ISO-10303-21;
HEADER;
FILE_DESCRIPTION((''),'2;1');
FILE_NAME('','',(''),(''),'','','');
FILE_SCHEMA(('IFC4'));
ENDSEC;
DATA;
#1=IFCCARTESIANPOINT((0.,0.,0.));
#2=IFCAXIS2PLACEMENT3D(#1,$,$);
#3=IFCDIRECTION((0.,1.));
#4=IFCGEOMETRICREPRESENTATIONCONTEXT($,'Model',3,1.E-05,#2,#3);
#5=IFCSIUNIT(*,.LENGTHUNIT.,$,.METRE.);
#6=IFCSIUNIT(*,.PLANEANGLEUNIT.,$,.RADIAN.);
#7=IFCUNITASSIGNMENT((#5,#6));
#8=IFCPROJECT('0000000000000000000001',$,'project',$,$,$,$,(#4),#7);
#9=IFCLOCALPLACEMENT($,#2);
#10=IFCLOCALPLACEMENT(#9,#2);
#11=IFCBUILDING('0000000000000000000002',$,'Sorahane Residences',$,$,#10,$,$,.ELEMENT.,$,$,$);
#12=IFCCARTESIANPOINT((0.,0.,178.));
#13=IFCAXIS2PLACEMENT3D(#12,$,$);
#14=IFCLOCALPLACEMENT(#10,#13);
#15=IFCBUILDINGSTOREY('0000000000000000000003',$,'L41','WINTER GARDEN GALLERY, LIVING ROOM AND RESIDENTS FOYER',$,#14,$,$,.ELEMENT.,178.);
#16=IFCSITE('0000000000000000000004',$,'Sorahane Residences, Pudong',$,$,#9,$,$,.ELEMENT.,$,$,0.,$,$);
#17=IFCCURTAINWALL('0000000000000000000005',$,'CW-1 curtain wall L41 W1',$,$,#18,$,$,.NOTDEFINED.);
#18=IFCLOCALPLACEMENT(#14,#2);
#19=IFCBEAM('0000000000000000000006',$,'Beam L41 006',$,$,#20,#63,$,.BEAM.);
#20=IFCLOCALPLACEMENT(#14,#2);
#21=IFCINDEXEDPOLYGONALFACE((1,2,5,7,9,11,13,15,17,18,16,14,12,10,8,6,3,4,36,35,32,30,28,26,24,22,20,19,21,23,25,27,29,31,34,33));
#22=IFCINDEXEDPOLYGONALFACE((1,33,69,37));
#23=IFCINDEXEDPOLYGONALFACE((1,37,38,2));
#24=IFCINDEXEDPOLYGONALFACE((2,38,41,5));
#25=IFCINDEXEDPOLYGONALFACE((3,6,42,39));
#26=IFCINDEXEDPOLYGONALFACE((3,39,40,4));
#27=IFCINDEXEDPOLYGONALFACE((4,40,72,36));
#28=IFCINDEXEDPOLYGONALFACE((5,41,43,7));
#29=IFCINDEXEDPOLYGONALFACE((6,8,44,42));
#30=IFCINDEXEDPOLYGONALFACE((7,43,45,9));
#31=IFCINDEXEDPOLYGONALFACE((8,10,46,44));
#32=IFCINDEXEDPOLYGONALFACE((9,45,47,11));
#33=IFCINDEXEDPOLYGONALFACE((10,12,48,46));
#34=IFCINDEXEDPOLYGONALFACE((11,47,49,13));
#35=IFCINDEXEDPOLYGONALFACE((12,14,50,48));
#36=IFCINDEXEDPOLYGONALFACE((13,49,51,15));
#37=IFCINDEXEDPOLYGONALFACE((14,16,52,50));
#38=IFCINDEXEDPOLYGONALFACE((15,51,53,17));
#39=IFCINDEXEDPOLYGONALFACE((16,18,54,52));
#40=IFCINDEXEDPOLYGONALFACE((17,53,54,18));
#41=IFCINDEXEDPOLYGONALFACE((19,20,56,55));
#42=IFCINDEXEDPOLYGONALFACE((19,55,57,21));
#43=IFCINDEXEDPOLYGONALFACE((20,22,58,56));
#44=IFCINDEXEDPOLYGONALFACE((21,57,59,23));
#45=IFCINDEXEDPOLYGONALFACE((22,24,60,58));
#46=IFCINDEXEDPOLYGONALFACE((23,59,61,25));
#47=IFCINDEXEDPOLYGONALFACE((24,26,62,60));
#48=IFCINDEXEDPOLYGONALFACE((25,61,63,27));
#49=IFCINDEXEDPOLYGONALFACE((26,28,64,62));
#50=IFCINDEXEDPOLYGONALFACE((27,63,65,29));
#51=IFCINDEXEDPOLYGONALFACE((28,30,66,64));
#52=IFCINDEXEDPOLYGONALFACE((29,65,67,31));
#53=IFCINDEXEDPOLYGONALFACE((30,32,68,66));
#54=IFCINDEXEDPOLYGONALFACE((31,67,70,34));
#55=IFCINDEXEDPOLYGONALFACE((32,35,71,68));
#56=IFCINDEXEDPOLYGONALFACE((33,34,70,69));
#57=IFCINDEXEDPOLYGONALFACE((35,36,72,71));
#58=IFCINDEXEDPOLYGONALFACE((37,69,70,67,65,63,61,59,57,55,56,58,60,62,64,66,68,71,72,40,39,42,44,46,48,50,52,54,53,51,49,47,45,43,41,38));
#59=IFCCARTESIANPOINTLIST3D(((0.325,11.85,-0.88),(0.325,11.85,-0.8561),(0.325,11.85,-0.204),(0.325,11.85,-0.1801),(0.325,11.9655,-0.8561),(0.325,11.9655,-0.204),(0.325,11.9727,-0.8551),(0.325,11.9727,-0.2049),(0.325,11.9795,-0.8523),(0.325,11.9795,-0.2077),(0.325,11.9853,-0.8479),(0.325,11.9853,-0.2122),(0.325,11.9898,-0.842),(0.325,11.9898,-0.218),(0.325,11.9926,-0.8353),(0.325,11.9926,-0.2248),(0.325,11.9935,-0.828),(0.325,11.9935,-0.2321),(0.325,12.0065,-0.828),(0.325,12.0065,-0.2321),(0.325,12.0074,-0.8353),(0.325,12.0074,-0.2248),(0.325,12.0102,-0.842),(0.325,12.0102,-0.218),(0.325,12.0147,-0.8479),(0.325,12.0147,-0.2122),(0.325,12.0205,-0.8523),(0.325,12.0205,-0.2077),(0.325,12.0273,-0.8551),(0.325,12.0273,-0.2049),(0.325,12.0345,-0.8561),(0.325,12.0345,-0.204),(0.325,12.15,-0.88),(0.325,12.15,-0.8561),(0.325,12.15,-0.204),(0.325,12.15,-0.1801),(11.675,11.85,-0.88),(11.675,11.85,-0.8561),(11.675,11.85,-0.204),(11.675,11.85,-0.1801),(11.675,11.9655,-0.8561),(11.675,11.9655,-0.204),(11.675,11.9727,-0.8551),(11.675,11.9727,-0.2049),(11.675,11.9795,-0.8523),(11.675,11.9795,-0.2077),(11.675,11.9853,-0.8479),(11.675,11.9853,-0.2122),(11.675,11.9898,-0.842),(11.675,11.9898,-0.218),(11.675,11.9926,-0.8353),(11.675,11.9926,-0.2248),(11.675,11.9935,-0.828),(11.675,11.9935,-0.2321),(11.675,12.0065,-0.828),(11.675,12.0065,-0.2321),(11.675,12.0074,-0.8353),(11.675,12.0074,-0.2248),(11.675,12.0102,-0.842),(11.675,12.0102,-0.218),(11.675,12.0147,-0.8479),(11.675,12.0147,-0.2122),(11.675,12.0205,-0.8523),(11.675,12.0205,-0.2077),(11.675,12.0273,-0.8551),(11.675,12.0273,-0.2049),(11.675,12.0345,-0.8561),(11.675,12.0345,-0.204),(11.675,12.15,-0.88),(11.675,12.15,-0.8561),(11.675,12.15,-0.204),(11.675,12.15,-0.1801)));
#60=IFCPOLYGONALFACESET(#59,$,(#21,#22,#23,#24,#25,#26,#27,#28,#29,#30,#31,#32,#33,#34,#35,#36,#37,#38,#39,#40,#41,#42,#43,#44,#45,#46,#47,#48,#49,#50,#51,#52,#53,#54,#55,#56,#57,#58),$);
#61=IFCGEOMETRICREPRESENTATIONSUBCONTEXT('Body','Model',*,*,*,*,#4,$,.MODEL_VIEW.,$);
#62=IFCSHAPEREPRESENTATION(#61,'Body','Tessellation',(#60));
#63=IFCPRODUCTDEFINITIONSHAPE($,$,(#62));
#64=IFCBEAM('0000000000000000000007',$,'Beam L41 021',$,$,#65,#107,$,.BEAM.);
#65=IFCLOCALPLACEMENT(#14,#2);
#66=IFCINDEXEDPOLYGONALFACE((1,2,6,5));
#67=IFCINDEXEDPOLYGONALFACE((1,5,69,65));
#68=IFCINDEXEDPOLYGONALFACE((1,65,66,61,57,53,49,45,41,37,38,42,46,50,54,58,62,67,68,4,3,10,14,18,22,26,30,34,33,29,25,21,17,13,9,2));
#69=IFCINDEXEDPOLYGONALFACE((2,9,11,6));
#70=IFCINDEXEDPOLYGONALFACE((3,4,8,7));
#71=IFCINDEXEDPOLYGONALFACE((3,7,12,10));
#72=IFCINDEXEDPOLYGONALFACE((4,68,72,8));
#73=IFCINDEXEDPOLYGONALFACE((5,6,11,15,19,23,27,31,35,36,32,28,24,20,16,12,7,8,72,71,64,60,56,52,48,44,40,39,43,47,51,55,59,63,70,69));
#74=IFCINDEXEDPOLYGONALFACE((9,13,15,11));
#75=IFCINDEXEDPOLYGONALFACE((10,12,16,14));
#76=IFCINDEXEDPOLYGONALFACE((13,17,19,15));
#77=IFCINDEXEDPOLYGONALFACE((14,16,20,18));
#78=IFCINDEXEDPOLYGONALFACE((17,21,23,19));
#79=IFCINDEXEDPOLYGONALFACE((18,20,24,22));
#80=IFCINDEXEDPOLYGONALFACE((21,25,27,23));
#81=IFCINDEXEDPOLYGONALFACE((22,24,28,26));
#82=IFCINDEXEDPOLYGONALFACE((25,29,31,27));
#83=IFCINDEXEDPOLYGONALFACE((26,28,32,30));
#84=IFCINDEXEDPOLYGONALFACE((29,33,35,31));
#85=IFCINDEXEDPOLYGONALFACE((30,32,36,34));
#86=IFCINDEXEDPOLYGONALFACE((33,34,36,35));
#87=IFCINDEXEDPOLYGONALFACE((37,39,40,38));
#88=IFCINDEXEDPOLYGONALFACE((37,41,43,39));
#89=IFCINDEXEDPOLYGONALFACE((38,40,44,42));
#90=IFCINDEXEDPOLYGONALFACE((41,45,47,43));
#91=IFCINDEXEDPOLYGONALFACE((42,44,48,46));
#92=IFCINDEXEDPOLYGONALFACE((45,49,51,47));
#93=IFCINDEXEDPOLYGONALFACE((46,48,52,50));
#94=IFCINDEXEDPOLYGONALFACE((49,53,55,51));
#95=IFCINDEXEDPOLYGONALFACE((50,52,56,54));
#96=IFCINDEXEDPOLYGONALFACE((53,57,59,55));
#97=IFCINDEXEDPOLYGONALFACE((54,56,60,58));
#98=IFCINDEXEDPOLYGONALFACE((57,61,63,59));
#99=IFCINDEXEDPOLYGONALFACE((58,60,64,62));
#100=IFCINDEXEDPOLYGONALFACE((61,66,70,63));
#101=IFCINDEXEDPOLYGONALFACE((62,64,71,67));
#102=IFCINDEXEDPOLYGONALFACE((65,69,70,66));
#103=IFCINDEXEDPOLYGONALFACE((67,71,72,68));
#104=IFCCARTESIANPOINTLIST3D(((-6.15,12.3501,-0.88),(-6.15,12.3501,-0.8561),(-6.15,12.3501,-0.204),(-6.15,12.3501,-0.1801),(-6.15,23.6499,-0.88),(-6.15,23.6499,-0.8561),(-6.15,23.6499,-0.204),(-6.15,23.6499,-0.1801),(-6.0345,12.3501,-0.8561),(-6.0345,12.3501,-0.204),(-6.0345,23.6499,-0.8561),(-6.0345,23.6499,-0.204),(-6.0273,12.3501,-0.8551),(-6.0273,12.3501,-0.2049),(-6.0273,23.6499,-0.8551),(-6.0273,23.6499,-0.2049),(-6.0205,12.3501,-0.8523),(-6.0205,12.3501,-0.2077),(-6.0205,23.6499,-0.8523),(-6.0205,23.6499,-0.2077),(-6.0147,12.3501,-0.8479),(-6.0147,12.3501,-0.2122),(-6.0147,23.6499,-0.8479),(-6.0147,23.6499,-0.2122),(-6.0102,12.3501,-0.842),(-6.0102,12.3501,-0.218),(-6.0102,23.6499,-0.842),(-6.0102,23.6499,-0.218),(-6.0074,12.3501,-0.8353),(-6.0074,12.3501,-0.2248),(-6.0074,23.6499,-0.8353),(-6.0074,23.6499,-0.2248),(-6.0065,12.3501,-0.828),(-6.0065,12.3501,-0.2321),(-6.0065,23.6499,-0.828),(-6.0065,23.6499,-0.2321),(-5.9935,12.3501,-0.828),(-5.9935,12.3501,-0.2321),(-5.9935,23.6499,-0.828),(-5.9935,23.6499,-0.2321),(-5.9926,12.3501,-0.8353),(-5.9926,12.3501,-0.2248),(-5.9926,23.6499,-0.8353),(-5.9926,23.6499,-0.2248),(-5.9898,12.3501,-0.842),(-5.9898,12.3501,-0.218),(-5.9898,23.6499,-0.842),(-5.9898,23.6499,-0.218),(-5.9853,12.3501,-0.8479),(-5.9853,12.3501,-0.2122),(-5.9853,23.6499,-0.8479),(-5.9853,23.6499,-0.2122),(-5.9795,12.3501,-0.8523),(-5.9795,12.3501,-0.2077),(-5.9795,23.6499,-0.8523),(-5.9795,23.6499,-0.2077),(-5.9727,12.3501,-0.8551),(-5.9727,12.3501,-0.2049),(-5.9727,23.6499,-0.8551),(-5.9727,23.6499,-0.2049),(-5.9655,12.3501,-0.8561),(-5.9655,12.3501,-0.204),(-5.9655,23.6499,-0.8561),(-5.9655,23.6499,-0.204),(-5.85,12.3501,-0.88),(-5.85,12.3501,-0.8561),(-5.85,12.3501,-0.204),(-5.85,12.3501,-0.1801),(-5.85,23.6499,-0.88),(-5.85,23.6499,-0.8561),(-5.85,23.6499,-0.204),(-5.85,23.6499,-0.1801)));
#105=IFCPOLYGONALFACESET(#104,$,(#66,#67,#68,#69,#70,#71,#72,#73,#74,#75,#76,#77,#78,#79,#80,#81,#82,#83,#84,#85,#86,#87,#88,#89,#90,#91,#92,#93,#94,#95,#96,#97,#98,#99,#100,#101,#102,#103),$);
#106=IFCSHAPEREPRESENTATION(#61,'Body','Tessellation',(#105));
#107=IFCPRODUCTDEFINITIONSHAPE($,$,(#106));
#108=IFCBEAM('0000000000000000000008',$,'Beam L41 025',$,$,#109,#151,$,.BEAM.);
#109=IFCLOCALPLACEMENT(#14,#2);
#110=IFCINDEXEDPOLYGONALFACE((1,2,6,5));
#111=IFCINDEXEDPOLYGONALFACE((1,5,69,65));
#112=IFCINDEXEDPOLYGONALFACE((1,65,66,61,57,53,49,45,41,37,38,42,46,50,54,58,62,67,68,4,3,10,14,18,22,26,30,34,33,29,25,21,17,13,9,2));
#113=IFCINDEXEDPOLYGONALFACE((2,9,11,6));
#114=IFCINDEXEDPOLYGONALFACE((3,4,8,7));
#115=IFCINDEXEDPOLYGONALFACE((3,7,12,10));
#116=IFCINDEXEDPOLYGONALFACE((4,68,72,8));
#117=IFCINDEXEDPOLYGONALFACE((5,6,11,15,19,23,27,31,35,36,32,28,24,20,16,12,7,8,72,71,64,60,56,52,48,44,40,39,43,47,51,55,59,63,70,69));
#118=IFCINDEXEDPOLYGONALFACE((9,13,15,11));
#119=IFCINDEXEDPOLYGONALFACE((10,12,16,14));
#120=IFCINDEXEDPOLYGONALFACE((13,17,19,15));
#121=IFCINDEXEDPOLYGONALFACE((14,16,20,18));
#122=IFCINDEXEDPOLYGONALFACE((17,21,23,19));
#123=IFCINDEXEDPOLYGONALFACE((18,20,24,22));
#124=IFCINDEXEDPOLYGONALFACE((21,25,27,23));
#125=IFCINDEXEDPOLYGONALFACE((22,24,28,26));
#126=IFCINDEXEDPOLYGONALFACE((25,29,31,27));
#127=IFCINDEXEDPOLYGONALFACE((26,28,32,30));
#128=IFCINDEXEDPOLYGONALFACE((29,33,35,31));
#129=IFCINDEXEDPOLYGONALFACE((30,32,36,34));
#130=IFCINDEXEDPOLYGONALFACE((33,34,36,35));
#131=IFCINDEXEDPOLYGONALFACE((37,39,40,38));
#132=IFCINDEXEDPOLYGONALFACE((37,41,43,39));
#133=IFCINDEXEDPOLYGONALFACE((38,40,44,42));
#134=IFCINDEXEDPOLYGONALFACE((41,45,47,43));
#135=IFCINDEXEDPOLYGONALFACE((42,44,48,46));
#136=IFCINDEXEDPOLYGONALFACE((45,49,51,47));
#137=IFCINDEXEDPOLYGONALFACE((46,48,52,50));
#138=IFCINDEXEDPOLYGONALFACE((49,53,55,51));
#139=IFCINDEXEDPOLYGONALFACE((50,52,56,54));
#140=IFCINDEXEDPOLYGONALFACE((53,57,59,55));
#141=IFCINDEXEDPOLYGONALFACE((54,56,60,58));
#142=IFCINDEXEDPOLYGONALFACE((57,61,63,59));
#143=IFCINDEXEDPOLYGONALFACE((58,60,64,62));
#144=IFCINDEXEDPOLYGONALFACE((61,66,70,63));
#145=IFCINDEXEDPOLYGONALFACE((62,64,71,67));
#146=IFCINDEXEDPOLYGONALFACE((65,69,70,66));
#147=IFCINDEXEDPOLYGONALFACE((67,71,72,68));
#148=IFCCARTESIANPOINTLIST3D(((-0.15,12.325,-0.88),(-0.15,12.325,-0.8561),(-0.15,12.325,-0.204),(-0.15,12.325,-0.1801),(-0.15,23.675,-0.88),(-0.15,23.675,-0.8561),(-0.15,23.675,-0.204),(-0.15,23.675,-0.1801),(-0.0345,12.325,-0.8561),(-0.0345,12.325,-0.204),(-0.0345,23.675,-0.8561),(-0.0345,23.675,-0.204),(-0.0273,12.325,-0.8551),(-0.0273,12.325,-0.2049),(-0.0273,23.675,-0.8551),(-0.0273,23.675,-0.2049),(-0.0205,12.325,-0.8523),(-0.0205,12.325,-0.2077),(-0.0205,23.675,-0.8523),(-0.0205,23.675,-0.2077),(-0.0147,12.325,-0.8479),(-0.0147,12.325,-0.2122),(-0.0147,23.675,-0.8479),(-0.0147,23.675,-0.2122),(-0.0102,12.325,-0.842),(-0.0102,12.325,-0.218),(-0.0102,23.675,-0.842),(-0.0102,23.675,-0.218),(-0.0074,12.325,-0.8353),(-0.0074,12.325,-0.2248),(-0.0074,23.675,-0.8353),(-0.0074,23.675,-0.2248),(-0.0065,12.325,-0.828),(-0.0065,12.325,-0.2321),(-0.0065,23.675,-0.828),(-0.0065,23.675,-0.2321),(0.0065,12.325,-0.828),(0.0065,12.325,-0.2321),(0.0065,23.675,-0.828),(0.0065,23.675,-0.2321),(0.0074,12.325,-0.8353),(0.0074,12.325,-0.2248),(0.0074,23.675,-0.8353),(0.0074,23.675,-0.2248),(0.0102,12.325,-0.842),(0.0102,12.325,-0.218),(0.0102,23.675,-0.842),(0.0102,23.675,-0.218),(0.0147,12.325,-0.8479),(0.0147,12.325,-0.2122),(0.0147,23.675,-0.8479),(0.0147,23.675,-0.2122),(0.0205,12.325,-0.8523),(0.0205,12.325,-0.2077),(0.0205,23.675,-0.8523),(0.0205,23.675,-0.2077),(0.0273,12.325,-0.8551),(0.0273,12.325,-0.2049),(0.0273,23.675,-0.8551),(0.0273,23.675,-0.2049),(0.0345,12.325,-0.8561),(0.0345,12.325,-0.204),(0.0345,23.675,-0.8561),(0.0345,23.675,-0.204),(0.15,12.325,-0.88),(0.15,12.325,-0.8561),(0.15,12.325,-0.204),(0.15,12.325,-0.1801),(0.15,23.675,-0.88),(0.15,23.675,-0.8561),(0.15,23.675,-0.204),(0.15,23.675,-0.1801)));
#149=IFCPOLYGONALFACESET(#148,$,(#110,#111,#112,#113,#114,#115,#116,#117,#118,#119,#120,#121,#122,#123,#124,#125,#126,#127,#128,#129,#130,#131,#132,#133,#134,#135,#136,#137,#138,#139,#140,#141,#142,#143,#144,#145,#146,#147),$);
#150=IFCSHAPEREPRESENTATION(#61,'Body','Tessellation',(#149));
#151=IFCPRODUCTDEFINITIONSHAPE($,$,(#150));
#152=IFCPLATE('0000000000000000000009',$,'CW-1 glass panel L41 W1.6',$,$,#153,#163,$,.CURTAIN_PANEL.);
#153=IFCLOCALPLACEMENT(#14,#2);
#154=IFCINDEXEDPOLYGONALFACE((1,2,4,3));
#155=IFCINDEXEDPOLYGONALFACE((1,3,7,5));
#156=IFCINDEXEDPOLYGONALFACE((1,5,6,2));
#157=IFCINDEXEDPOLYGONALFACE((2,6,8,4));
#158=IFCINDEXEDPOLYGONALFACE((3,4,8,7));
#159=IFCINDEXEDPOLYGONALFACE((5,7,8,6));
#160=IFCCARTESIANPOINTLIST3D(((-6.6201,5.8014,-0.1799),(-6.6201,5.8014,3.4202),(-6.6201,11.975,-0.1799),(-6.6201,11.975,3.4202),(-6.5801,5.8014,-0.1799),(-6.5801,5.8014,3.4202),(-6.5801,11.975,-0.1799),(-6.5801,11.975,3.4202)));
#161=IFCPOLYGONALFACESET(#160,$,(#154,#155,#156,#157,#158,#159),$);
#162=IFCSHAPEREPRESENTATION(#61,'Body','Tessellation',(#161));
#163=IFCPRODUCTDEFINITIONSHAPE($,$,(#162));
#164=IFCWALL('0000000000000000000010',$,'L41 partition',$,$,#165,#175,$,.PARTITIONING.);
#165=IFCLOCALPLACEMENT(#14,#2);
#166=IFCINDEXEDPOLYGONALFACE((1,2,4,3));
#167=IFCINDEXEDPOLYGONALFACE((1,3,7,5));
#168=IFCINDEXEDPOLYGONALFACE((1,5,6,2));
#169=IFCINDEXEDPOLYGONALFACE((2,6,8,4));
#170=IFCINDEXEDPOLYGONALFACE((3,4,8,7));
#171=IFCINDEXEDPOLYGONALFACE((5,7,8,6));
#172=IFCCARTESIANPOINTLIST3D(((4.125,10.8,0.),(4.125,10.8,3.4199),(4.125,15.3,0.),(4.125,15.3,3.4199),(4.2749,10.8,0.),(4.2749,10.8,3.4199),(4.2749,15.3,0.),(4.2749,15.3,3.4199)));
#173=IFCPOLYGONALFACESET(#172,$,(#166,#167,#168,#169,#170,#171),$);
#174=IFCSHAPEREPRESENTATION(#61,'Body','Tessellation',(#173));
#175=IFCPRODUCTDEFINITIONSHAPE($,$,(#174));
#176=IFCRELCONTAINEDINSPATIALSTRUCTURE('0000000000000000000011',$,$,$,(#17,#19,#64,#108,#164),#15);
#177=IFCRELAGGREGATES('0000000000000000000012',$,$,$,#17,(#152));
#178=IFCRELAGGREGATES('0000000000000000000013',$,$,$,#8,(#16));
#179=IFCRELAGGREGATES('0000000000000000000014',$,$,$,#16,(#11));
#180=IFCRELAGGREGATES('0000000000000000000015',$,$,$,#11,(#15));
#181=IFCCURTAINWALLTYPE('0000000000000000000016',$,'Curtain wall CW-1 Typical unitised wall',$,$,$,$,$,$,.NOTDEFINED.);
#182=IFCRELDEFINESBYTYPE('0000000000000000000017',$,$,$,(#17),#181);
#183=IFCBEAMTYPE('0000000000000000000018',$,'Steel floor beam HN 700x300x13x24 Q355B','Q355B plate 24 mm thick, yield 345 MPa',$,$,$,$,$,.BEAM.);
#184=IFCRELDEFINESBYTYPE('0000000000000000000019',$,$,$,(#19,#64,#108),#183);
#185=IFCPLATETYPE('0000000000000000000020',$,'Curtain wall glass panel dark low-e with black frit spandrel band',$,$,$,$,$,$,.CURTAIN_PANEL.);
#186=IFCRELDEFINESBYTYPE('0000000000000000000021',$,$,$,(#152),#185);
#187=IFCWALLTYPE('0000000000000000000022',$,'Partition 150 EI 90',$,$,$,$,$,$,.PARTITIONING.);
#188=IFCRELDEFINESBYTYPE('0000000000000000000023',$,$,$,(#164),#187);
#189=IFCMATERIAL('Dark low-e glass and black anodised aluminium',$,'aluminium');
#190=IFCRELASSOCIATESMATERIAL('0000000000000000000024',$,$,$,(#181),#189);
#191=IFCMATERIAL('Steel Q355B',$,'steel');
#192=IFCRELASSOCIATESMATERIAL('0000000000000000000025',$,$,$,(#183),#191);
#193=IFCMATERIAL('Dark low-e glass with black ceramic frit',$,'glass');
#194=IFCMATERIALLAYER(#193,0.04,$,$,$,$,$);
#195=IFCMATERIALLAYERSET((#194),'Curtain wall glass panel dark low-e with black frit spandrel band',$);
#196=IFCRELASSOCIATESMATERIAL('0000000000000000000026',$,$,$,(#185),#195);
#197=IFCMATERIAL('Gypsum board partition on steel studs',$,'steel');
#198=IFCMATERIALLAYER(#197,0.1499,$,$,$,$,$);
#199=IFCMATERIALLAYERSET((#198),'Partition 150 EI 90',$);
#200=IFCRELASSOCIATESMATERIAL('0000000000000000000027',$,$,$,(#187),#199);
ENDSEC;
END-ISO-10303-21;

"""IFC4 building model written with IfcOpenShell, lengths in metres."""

from ifc_helpers import new_model, si_unit, direction, frame, frame_2d, origin, origin_2d, place, context, subcontext, project, spatial, rectangle, i_section, extrude, material, layer, layer_set, material_profile, profile_set, type_object, element, aggregate, save


model = new_model("IFC4")

# Units and contexts
model_context = context("Model", 3, precision=1e-05, world=origin(), true_north=direction((0.0, 1.0)))
body_context = subcontext(model_context, "Body", "Model", "MODEL_VIEW")
ifc_project = project(units=[si_unit("LENGTHUNIT", "METRE"), si_unit("PLANEANGLEUNIT", "RADIAN")], contexts=[model_context])

# Site, building, storey
site_placement = place(None, origin())
site = spatial("IfcSite", under=ifc_project, at=site_placement, Name="Sorahane Residences, Pudong", CompositionType="ELEMENT", RefElevation=0.0)
building_placement = place(site_placement, origin())
building = spatial("IfcBuilding", under=site, at=building_placement, Name="Sorahane Residences", CompositionType="ELEMENT")
storey_placement = place(building_placement, frame((0.0, 0.0, 178.0)))
storey = spatial("IfcBuildingStorey", under=building, at=storey_placement, Name="L41", Description="WINTER GARDEN GALLERY, LIVING ROOM AND RESIDENTS FOYER", CompositionType="ELEMENT", Elevation=178.0)

# Curtain wall
ifc_material_1 = material(Name="Dark low-e glass and black anodised aluminium", Category="aluminium")
curtain_wall_type = type_object("IfcCurtainWallType", Name="Curtain wall CW-1 Typical unitised wall", PredefinedType="NOTDEFINED", material=ifc_material_1)
curtain_wall_placement = place(storey_placement, origin())
curtain_wall = element("IfcCurtainWall", 1, at=curtain_wall_placement, inside=storey, type_object=curtain_wall_type, Name="CW-1 curtain wall L41 W1", PredefinedType="NOTDEFINED")

# Beams
ifc_material_2 = material(Name="Steel Q355B", Category="steel")
ifc_material_profile_1 = material_profile(ifc_material_2, i_section(OverallWidth=0.3, OverallDepth=0.7, WebThickness=0.0129, FlangeThickness=0.0239, FilletRadius=0.0281, at=origin_2d()), Name="HN 700x300x13x24")
ifc_profile_set_1 = profile_set([ifc_material_profile_1], Name="Steel Q355B")
beam_type_1 = type_object("IfcBeamType", Name="Steel floor beam HN 700x300x13x24 Q355B", Description="Q355B plate 24 mm thick, yield 345 MPa", PredefinedType="BEAM", material=ifc_profile_set_1)
beam_1_placement = place(storey_placement, frame((0.325, 12.0, -0.53), z_axis=(1.0, 0.0, 0.0), x_axis=(0.0, 1.0, 0.0)))
element("IfcBeam", 2, at=beam_1_placement, inside=storey, type_object=beam_type_1, Name="Beam L41 006", PredefinedType="BEAM", context=body_context, shape_type="SweptSolid", body=[
    extrude(i_section(OverallWidth=0.3, OverallDepth=0.7, WebThickness=0.0129, FlangeThickness=0.0239, FilletRadius=0.0281, at=origin_2d()), origin(), (0.0, 0.0, 1.0), 11.3501),
])
beam_2_placement = place(storey_placement, frame((-6.0, 12.3501, -0.53), z_axis=(0.0, 1.0, 0.0), x_axis=(-1.0, 0.0, 0.0)))
element("IfcBeam", 3, at=beam_2_placement, inside=storey, type_object=beam_type_1, Name="Beam L41 021", PredefinedType="BEAM", context=body_context, shape_type="SweptSolid", body=[
    extrude(i_section(OverallWidth=0.3, OverallDepth=0.7, WebThickness=0.0129, FlangeThickness=0.0239, FilletRadius=0.0281, at=origin_2d()), origin(), (0.0, 0.0, 1.0), 11.2998),
])
beam_3_placement = place(storey_placement, frame((0.0, 12.325, -0.53), z_axis=(0.0, 1.0, 0.0), x_axis=(-1.0, 0.0, 0.0)))
element("IfcBeam", 4, at=beam_3_placement, inside=storey, type_object=beam_type_1, Name="Beam L41 025", PredefinedType="BEAM", context=body_context, shape_type="SweptSolid", body=[
    extrude(i_section(OverallWidth=0.3, OverallDepth=0.7, WebThickness=0.0129, FlangeThickness=0.0239, FilletRadius=0.0281, at=origin_2d()), origin(), (0.0, 0.0, 1.0), 11.3501),
])

# Plate
ifc_material_3 = material(Name="Dark low-e glass with black ceramic frit", Category="glass")
ifc_layer_1 = layer(ifc_material_3, 0.04)
ifc_layer_set_1 = layer_set([ifc_layer_1], Name="Curtain wall glass panel dark low-e with black frit spandrel band")
plate_type = type_object("IfcPlateType", Name="Curtain wall glass panel dark low-e with black frit spandrel band", PredefinedType="CURTAIN_PANEL", material=ifc_layer_set_1)
plate_placement = place(storey_placement, frame((-6.6001, 8.8882, -0.1799), z_axis=(0.0, 0.0, 1.0), x_axis=(0.0, -1.0, 0.0)))
plate = element("IfcPlate", 5, at=plate_placement, type_object=plate_type, Name="CW-1 glass panel L41 W1.6", PredefinedType="CURTAIN_PANEL", context=body_context, shape_type="SweptSolid", body=[
    extrude(rectangle(XDim=6.1736, YDim=0.04, at=origin_2d()), origin(), (0.0, 0.0, 1.0), 3.6001),
])
aggregate(curtain_wall, [plate])

# Wall
ifc_material_4 = material(Name="Gypsum board partition on steel studs", Category="steel")
ifc_layer_2 = layer(ifc_material_4, 0.1499)
ifc_layer_set_2 = layer_set([ifc_layer_2], Name="Partition 150 EI 90")
wall_type = type_object("IfcWallType", Name="Partition 150 EI 90", PredefinedType="PARTITIONING", material=ifc_layer_set_2)
wall_1_placement = place(storey_placement, frame((4.2, 10.8, 0.0), z_axis=(0.0, 0.0, 1.0), x_axis=(0.0, 1.0, 0.0)))
element("IfcWall", 6, at=wall_1_placement, inside=storey, type_object=wall_type, Name="L41 partition", PredefinedType="PARTITIONING", context=body_context, shape_type="SweptSolid", body=[
    extrude(rectangle(XDim=4.5, YDim=0.1499, at=frame_2d((2.25, 0.0))), origin(), (0.0, 0.0, 1.0), 3.4199),
])

save(model, "model.ifc")
